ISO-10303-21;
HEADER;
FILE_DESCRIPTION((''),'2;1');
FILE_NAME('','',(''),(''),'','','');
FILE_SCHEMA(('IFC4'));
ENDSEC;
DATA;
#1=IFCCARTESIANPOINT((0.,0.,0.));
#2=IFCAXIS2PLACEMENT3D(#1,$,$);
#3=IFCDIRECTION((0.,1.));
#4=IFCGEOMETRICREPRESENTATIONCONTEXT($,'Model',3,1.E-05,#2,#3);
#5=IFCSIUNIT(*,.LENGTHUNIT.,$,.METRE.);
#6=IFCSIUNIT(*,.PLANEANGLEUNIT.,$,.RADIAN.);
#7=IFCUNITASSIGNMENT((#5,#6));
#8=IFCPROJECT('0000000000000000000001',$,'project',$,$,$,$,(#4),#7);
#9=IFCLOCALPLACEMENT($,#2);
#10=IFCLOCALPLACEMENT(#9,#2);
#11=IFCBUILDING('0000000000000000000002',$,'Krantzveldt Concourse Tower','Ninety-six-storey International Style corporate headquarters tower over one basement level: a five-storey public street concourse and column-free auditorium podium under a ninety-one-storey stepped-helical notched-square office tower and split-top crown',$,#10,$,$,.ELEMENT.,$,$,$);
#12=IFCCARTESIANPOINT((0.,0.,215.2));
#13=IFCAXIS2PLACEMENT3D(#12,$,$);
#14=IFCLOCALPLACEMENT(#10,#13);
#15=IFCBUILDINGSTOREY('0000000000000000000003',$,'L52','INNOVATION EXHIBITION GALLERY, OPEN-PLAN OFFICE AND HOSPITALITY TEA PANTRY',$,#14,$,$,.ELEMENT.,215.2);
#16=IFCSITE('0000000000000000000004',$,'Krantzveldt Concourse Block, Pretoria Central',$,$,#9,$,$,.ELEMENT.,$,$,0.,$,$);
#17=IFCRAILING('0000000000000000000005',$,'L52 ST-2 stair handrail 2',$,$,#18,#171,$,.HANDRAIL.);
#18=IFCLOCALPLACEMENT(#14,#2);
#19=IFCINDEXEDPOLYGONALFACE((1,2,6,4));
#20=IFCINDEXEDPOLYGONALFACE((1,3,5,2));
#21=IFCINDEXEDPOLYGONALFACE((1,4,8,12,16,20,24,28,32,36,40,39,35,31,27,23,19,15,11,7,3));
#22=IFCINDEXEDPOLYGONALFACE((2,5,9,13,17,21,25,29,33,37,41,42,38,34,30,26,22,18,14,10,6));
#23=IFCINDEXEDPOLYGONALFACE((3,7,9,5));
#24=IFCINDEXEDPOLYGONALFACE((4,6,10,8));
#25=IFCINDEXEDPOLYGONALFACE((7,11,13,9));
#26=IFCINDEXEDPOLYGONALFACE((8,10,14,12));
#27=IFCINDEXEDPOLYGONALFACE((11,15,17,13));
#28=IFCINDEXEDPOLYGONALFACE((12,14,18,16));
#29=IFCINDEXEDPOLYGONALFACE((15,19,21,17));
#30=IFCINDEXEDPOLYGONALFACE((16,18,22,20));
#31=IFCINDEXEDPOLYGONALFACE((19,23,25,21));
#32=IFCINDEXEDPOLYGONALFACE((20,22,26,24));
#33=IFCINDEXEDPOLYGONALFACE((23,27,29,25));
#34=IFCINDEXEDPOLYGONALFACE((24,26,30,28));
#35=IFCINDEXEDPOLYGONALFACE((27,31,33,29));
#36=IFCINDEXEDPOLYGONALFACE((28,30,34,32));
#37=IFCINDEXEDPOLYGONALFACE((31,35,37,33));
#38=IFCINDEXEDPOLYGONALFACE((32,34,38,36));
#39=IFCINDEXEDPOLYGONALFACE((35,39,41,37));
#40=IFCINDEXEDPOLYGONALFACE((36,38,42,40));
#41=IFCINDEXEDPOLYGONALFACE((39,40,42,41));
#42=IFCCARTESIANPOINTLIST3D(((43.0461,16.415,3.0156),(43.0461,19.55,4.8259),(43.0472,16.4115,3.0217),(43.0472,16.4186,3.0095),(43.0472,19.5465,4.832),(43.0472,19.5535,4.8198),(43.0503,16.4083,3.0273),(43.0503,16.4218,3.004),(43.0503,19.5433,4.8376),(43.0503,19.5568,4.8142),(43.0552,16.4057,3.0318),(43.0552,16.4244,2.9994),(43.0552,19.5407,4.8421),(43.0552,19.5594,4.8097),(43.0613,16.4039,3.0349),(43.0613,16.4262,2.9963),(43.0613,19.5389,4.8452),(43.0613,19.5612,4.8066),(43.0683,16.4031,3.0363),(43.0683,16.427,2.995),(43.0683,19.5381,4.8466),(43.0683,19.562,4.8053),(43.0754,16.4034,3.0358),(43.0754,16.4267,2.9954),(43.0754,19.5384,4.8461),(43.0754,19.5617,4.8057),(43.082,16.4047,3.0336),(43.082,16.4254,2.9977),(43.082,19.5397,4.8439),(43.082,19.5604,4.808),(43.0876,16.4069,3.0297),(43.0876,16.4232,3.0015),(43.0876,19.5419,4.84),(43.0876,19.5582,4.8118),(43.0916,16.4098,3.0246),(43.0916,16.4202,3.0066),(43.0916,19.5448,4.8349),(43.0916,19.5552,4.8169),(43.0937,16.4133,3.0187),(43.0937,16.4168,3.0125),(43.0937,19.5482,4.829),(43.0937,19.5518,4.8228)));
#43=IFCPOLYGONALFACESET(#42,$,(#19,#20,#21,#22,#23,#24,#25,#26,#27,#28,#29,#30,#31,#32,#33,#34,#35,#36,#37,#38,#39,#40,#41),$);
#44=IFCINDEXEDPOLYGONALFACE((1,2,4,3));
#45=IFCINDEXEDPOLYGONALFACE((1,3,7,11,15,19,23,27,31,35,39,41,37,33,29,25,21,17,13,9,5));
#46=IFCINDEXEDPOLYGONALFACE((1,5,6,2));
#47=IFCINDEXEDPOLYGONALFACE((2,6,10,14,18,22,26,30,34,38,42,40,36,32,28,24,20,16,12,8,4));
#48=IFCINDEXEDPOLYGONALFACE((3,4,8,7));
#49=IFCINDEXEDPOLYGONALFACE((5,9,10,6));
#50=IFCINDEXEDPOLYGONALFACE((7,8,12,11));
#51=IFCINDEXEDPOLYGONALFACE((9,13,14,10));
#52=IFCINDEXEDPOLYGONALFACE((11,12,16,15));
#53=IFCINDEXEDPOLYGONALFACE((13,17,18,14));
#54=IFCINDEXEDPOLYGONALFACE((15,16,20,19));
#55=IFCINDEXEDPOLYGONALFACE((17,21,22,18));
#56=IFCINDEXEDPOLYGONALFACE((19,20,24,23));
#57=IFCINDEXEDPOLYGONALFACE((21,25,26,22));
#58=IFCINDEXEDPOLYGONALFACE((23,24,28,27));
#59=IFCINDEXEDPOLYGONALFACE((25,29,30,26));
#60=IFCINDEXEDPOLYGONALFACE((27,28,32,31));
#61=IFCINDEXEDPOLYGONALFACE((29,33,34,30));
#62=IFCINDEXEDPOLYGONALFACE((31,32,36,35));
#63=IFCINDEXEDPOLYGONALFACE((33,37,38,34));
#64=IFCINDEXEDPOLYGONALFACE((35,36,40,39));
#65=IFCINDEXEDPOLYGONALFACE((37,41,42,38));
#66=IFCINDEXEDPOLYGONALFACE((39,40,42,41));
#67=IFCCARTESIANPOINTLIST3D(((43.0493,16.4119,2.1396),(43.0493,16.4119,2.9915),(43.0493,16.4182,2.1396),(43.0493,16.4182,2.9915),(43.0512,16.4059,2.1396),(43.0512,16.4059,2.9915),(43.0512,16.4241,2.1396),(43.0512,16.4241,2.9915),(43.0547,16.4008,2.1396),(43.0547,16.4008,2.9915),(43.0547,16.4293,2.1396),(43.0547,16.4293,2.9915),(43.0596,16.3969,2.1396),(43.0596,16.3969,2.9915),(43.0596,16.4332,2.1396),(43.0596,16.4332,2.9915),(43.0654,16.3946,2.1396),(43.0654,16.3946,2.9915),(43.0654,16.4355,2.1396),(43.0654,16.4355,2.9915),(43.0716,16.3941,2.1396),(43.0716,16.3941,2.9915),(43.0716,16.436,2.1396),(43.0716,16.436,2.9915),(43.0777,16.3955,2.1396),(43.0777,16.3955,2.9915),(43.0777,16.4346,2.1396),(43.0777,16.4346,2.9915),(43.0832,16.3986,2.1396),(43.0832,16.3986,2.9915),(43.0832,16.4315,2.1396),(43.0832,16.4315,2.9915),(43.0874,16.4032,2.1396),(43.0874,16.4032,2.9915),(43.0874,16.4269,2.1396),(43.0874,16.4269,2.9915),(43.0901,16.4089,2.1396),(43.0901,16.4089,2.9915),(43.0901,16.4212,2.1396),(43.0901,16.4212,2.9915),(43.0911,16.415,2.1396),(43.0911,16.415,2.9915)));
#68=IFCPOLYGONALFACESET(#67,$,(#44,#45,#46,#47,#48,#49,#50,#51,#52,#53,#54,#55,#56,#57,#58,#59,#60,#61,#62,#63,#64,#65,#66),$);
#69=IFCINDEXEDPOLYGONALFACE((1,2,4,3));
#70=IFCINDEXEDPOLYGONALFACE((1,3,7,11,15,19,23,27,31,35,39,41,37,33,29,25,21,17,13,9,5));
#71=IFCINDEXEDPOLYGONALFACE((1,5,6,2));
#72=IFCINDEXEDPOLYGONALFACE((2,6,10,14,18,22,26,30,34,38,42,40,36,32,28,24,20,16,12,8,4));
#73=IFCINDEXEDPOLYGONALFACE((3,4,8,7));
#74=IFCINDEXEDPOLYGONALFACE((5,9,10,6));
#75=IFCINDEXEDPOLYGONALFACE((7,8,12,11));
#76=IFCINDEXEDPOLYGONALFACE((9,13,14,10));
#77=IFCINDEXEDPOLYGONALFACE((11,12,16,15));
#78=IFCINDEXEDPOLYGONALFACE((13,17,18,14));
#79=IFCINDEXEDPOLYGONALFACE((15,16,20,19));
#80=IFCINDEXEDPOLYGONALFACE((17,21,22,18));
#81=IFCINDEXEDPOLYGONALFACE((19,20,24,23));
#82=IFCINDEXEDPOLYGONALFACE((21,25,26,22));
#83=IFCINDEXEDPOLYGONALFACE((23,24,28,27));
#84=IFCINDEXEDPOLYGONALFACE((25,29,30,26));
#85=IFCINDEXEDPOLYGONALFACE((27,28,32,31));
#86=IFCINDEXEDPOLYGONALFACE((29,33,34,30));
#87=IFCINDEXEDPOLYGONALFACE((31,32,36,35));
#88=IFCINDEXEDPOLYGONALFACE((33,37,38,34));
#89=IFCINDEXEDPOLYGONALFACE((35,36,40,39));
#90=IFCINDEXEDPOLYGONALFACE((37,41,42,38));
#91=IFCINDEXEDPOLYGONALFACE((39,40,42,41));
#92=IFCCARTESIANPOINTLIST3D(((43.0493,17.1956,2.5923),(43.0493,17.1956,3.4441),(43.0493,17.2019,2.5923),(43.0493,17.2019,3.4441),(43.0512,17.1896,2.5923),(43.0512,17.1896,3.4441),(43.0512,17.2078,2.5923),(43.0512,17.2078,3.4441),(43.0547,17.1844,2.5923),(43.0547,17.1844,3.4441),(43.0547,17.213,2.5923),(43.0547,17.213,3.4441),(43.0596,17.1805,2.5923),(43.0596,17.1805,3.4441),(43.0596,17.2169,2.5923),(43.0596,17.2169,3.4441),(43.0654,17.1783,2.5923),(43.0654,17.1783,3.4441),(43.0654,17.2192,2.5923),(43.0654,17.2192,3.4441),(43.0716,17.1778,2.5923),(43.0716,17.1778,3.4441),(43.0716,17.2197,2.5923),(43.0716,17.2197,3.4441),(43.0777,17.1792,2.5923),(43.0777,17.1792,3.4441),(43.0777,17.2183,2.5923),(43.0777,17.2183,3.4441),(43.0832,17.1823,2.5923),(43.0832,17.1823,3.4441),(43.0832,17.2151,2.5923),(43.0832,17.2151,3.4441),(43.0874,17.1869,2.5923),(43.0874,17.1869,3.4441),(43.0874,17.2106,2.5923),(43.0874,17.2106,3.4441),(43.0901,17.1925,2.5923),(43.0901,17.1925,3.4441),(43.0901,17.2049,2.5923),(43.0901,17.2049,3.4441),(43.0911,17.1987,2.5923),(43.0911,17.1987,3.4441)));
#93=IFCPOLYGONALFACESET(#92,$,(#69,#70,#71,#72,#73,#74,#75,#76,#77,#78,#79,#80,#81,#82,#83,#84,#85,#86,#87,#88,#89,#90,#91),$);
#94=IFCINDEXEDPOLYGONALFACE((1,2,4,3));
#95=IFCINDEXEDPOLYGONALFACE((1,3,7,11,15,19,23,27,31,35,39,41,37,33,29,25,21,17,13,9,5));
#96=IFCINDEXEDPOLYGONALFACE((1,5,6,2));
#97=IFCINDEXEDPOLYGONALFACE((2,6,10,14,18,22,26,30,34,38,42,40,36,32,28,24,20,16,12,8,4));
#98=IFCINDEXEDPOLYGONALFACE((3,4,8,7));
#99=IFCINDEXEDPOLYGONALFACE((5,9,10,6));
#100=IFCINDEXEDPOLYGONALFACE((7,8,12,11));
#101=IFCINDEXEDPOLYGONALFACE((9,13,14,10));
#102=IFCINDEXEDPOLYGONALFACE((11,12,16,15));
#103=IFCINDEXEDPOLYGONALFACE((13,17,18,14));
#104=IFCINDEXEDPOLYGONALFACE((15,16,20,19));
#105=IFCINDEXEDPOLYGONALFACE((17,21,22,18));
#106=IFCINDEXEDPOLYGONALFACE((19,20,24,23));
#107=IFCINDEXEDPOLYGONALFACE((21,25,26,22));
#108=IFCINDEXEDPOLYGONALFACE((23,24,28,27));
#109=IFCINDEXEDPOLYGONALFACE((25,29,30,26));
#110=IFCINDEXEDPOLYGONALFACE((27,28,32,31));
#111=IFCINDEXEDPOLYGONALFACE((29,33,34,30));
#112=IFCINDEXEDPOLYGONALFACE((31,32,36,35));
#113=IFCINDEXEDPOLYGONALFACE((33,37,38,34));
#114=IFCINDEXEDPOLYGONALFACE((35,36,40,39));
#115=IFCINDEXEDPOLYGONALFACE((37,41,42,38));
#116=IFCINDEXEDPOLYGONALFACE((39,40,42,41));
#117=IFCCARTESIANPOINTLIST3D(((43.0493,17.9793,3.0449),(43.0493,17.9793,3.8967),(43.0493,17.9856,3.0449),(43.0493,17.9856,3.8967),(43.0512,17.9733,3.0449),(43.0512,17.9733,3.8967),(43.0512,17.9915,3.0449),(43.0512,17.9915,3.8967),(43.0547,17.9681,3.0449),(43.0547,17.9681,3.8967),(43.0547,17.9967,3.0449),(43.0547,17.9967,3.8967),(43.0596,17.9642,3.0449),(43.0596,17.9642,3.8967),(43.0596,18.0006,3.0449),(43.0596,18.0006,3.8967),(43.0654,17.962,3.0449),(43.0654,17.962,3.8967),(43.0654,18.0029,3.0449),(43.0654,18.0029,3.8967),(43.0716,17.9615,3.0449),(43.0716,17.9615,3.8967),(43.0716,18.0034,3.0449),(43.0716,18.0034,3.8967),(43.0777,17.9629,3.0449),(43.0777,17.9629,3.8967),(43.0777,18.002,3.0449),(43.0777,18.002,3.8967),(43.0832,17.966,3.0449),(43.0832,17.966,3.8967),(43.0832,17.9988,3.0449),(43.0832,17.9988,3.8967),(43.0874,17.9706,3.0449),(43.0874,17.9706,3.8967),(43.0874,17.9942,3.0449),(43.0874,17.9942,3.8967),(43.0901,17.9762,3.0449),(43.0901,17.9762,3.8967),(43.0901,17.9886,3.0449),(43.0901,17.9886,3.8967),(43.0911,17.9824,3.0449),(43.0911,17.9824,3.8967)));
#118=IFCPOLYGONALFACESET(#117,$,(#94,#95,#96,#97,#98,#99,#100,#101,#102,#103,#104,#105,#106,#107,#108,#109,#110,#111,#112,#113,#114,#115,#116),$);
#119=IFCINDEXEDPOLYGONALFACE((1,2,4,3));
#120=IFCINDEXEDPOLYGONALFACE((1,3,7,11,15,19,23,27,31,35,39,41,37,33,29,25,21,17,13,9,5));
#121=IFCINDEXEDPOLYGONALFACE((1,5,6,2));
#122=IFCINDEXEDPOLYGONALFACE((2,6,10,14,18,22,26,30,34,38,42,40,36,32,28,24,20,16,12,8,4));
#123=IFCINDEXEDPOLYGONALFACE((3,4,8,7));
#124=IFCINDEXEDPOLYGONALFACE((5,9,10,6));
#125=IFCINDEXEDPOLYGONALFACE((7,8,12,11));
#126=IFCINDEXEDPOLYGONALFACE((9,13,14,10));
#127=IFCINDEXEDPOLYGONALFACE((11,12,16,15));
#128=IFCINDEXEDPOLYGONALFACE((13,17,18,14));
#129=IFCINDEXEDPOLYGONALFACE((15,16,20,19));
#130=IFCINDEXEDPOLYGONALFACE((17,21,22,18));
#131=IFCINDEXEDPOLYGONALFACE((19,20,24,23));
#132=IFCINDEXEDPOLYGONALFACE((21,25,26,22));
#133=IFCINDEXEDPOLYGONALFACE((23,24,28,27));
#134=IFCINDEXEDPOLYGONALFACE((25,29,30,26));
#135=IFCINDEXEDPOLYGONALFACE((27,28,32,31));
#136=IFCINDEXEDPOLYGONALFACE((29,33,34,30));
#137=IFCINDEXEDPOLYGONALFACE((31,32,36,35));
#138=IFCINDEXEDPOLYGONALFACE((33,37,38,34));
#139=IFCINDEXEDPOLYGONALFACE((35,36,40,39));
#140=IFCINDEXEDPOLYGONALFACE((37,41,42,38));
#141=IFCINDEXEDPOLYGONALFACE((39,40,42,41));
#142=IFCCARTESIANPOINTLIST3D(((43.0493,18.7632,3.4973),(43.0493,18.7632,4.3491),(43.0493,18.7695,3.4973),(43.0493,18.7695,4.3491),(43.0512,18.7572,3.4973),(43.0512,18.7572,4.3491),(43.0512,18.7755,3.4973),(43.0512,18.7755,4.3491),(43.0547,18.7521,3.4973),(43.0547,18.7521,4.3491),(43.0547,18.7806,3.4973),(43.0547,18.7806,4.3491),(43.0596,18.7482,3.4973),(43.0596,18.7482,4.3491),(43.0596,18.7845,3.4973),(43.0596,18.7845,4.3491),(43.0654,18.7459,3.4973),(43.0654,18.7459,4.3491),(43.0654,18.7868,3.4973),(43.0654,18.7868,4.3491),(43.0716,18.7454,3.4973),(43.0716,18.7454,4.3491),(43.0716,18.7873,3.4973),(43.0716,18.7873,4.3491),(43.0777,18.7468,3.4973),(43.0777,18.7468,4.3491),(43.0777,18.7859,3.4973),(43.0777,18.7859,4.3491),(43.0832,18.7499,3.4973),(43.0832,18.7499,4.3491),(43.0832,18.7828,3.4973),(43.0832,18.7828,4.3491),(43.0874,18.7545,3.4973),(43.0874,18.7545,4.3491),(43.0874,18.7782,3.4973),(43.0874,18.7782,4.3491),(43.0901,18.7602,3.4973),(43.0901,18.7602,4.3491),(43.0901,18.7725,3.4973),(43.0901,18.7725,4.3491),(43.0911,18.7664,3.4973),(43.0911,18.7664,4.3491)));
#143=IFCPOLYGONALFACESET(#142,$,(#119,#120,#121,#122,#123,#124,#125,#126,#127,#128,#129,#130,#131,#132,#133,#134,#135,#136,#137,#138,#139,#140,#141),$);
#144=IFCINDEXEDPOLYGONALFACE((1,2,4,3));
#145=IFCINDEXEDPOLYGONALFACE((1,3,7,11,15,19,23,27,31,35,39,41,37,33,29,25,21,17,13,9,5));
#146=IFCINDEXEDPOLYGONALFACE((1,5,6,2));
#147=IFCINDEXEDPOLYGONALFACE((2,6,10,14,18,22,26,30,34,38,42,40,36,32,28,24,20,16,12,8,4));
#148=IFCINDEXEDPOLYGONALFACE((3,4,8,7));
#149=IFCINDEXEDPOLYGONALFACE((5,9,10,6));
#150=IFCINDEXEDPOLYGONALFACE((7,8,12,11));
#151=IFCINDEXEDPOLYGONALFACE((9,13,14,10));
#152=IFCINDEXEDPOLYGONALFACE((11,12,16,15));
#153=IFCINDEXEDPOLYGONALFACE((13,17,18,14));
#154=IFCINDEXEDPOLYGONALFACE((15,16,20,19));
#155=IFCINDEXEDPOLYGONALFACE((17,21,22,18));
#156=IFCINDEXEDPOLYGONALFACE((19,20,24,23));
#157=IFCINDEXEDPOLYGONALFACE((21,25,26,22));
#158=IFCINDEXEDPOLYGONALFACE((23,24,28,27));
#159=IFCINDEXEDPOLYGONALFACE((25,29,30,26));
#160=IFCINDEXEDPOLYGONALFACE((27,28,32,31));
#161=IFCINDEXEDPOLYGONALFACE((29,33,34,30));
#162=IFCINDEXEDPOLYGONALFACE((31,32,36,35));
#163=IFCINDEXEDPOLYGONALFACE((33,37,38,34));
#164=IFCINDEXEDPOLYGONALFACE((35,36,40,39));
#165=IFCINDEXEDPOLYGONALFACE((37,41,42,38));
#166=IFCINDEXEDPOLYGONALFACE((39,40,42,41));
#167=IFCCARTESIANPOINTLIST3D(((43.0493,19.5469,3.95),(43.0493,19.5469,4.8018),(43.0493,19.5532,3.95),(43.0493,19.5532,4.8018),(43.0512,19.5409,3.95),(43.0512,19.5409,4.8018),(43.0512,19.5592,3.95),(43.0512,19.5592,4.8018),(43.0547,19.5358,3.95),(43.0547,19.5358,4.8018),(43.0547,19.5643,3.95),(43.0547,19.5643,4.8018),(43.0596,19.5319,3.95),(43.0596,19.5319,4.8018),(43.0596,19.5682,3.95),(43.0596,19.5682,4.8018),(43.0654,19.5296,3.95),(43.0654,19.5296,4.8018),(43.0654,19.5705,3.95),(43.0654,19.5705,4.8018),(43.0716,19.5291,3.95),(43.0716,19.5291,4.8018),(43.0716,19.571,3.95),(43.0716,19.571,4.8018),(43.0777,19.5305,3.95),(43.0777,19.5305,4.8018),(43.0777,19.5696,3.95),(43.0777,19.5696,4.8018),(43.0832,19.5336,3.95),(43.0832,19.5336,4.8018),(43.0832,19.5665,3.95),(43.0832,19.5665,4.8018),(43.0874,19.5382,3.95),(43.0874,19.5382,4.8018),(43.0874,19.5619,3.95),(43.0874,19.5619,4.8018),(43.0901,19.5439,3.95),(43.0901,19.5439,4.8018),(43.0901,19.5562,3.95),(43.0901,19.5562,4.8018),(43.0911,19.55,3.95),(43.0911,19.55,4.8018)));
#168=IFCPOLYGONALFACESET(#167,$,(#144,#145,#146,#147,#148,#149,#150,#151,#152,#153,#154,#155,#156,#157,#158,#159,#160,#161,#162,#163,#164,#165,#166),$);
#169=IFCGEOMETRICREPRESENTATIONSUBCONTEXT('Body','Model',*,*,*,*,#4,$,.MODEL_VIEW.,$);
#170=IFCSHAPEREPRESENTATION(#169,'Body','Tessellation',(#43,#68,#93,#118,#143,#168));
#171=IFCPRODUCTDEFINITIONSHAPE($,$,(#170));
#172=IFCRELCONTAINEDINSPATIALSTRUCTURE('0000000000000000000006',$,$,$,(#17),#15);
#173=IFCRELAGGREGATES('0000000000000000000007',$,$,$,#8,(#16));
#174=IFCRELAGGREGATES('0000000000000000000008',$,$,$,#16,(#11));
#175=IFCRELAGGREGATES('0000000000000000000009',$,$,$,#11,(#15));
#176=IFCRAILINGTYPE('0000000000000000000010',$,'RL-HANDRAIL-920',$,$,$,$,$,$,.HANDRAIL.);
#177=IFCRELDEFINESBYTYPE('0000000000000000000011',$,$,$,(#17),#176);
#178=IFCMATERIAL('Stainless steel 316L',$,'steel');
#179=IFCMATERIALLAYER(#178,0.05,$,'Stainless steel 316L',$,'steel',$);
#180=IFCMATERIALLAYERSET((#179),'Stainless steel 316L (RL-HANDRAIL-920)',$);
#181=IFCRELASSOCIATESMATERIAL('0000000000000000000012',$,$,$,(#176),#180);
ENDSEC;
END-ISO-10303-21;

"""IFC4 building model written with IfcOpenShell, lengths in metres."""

from ifc_helpers import new_model, si_unit, direction, frame, origin, origin_2d, place, context, subcontext, project, spatial, circle, extrude, material, layer, layer_set, type_object, element, save


model = new_model("IFC4")

# Units and contexts
model_context = context("Model", 3, precision=1e-05, world=origin(), true_north=direction((0.0, 1.0)))
body_context = subcontext(model_context, "Body", "Model", "MODEL_VIEW")
ifc_project = project(units=[si_unit("LENGTHUNIT", "METRE"), si_unit("PLANEANGLEUNIT", "RADIAN")], contexts=[model_context])

# Site, building, storey
site_placement = place(None, origin())
site = spatial("IfcSite", under=ifc_project, at=site_placement, Name="Krantzveldt Concourse Block, Pretoria Central", CompositionType="ELEMENT", RefElevation=0.0)
building_placement = place(site_placement, origin())
building = spatial("IfcBuilding", under=site, at=building_placement, Name="Krantzveldt Concourse Tower", Description="Ninety-six-storey International Style corporate headquarters tower over one basement level: a five-storey public street concourse and column-free auditorium podium under a ninety-one-storey stepped-helical notched-square office tower and split-top crown", CompositionType="ELEMENT")
storey_placement = place(building_placement, frame((0.0, 0.0, 215.2)))
storey = spatial("IfcBuildingStorey", under=building, at=storey_placement, Name="L52", Description="INNOVATION EXHIBITION GALLERY, OPEN-PLAN OFFICE AND HOSPITALITY TEA PANTRY", CompositionType="ELEMENT", Elevation=215.2)

# Railing
ifc_material_1 = material(Name="Stainless steel 316L", Category="steel")
ifc_layer_1 = layer(ifc_material_1, 0.05, Name="Stainless steel 316L", Category="steel")
ifc_layer_set_1 = layer_set([ifc_layer_1], Name="Stainless steel 316L (RL-HANDRAIL-920)")
railing_type = type_object("IfcRailingType", Name="RL-HANDRAIL-920", PredefinedType="HANDRAIL", material=ifc_layer_set_1)
railing_placement = place(storey_placement, frame((43.0701, 16.415, 2.1396)))
element("IfcRailing", 1, at=railing_placement, inside=storey, type_object=railing_type, Name="L52 ST-2 stair handrail 2", PredefinedType="HANDRAIL", context=body_context, shape_type="SweptSolid", body=[
    extrude(circle(Radius=0.0239, at=origin_2d()), frame((0.0, 0.0, 0.876), z_axis=(0.0, 0.865989, 0.500063), x_axis=(-1.0, 0.0, 0.0)), (0.0, 0.0, 1.0), 3.6201),
    extrude(circle(Radius=0.021, at=origin_2d()), origin(), (0.0, 0.0, 1.0), 0.8518),
    extrude(circle(Radius=0.021, at=origin_2d()), frame((0.0, 0.7837, 0.4526)), (0.0, 0.0, 1.0), 0.8518),
    extrude(circle(Radius=0.021, at=origin_2d()), frame((0.0, 1.5674, 0.9053)), (0.0, 0.0, 1.0), 0.8518),
    extrude(circle(Radius=0.021, at=origin_2d()), frame((0.0, 2.3513, 1.3577)), (0.0, 0.0, 1.0), 0.8518),
    extrude(circle(Radius=0.021, at=origin_2d()), frame((0.0, 3.135, 1.8103)), (0.0, 0.0, 1.0), 0.8518),
])

save(model, "model.ifc")
